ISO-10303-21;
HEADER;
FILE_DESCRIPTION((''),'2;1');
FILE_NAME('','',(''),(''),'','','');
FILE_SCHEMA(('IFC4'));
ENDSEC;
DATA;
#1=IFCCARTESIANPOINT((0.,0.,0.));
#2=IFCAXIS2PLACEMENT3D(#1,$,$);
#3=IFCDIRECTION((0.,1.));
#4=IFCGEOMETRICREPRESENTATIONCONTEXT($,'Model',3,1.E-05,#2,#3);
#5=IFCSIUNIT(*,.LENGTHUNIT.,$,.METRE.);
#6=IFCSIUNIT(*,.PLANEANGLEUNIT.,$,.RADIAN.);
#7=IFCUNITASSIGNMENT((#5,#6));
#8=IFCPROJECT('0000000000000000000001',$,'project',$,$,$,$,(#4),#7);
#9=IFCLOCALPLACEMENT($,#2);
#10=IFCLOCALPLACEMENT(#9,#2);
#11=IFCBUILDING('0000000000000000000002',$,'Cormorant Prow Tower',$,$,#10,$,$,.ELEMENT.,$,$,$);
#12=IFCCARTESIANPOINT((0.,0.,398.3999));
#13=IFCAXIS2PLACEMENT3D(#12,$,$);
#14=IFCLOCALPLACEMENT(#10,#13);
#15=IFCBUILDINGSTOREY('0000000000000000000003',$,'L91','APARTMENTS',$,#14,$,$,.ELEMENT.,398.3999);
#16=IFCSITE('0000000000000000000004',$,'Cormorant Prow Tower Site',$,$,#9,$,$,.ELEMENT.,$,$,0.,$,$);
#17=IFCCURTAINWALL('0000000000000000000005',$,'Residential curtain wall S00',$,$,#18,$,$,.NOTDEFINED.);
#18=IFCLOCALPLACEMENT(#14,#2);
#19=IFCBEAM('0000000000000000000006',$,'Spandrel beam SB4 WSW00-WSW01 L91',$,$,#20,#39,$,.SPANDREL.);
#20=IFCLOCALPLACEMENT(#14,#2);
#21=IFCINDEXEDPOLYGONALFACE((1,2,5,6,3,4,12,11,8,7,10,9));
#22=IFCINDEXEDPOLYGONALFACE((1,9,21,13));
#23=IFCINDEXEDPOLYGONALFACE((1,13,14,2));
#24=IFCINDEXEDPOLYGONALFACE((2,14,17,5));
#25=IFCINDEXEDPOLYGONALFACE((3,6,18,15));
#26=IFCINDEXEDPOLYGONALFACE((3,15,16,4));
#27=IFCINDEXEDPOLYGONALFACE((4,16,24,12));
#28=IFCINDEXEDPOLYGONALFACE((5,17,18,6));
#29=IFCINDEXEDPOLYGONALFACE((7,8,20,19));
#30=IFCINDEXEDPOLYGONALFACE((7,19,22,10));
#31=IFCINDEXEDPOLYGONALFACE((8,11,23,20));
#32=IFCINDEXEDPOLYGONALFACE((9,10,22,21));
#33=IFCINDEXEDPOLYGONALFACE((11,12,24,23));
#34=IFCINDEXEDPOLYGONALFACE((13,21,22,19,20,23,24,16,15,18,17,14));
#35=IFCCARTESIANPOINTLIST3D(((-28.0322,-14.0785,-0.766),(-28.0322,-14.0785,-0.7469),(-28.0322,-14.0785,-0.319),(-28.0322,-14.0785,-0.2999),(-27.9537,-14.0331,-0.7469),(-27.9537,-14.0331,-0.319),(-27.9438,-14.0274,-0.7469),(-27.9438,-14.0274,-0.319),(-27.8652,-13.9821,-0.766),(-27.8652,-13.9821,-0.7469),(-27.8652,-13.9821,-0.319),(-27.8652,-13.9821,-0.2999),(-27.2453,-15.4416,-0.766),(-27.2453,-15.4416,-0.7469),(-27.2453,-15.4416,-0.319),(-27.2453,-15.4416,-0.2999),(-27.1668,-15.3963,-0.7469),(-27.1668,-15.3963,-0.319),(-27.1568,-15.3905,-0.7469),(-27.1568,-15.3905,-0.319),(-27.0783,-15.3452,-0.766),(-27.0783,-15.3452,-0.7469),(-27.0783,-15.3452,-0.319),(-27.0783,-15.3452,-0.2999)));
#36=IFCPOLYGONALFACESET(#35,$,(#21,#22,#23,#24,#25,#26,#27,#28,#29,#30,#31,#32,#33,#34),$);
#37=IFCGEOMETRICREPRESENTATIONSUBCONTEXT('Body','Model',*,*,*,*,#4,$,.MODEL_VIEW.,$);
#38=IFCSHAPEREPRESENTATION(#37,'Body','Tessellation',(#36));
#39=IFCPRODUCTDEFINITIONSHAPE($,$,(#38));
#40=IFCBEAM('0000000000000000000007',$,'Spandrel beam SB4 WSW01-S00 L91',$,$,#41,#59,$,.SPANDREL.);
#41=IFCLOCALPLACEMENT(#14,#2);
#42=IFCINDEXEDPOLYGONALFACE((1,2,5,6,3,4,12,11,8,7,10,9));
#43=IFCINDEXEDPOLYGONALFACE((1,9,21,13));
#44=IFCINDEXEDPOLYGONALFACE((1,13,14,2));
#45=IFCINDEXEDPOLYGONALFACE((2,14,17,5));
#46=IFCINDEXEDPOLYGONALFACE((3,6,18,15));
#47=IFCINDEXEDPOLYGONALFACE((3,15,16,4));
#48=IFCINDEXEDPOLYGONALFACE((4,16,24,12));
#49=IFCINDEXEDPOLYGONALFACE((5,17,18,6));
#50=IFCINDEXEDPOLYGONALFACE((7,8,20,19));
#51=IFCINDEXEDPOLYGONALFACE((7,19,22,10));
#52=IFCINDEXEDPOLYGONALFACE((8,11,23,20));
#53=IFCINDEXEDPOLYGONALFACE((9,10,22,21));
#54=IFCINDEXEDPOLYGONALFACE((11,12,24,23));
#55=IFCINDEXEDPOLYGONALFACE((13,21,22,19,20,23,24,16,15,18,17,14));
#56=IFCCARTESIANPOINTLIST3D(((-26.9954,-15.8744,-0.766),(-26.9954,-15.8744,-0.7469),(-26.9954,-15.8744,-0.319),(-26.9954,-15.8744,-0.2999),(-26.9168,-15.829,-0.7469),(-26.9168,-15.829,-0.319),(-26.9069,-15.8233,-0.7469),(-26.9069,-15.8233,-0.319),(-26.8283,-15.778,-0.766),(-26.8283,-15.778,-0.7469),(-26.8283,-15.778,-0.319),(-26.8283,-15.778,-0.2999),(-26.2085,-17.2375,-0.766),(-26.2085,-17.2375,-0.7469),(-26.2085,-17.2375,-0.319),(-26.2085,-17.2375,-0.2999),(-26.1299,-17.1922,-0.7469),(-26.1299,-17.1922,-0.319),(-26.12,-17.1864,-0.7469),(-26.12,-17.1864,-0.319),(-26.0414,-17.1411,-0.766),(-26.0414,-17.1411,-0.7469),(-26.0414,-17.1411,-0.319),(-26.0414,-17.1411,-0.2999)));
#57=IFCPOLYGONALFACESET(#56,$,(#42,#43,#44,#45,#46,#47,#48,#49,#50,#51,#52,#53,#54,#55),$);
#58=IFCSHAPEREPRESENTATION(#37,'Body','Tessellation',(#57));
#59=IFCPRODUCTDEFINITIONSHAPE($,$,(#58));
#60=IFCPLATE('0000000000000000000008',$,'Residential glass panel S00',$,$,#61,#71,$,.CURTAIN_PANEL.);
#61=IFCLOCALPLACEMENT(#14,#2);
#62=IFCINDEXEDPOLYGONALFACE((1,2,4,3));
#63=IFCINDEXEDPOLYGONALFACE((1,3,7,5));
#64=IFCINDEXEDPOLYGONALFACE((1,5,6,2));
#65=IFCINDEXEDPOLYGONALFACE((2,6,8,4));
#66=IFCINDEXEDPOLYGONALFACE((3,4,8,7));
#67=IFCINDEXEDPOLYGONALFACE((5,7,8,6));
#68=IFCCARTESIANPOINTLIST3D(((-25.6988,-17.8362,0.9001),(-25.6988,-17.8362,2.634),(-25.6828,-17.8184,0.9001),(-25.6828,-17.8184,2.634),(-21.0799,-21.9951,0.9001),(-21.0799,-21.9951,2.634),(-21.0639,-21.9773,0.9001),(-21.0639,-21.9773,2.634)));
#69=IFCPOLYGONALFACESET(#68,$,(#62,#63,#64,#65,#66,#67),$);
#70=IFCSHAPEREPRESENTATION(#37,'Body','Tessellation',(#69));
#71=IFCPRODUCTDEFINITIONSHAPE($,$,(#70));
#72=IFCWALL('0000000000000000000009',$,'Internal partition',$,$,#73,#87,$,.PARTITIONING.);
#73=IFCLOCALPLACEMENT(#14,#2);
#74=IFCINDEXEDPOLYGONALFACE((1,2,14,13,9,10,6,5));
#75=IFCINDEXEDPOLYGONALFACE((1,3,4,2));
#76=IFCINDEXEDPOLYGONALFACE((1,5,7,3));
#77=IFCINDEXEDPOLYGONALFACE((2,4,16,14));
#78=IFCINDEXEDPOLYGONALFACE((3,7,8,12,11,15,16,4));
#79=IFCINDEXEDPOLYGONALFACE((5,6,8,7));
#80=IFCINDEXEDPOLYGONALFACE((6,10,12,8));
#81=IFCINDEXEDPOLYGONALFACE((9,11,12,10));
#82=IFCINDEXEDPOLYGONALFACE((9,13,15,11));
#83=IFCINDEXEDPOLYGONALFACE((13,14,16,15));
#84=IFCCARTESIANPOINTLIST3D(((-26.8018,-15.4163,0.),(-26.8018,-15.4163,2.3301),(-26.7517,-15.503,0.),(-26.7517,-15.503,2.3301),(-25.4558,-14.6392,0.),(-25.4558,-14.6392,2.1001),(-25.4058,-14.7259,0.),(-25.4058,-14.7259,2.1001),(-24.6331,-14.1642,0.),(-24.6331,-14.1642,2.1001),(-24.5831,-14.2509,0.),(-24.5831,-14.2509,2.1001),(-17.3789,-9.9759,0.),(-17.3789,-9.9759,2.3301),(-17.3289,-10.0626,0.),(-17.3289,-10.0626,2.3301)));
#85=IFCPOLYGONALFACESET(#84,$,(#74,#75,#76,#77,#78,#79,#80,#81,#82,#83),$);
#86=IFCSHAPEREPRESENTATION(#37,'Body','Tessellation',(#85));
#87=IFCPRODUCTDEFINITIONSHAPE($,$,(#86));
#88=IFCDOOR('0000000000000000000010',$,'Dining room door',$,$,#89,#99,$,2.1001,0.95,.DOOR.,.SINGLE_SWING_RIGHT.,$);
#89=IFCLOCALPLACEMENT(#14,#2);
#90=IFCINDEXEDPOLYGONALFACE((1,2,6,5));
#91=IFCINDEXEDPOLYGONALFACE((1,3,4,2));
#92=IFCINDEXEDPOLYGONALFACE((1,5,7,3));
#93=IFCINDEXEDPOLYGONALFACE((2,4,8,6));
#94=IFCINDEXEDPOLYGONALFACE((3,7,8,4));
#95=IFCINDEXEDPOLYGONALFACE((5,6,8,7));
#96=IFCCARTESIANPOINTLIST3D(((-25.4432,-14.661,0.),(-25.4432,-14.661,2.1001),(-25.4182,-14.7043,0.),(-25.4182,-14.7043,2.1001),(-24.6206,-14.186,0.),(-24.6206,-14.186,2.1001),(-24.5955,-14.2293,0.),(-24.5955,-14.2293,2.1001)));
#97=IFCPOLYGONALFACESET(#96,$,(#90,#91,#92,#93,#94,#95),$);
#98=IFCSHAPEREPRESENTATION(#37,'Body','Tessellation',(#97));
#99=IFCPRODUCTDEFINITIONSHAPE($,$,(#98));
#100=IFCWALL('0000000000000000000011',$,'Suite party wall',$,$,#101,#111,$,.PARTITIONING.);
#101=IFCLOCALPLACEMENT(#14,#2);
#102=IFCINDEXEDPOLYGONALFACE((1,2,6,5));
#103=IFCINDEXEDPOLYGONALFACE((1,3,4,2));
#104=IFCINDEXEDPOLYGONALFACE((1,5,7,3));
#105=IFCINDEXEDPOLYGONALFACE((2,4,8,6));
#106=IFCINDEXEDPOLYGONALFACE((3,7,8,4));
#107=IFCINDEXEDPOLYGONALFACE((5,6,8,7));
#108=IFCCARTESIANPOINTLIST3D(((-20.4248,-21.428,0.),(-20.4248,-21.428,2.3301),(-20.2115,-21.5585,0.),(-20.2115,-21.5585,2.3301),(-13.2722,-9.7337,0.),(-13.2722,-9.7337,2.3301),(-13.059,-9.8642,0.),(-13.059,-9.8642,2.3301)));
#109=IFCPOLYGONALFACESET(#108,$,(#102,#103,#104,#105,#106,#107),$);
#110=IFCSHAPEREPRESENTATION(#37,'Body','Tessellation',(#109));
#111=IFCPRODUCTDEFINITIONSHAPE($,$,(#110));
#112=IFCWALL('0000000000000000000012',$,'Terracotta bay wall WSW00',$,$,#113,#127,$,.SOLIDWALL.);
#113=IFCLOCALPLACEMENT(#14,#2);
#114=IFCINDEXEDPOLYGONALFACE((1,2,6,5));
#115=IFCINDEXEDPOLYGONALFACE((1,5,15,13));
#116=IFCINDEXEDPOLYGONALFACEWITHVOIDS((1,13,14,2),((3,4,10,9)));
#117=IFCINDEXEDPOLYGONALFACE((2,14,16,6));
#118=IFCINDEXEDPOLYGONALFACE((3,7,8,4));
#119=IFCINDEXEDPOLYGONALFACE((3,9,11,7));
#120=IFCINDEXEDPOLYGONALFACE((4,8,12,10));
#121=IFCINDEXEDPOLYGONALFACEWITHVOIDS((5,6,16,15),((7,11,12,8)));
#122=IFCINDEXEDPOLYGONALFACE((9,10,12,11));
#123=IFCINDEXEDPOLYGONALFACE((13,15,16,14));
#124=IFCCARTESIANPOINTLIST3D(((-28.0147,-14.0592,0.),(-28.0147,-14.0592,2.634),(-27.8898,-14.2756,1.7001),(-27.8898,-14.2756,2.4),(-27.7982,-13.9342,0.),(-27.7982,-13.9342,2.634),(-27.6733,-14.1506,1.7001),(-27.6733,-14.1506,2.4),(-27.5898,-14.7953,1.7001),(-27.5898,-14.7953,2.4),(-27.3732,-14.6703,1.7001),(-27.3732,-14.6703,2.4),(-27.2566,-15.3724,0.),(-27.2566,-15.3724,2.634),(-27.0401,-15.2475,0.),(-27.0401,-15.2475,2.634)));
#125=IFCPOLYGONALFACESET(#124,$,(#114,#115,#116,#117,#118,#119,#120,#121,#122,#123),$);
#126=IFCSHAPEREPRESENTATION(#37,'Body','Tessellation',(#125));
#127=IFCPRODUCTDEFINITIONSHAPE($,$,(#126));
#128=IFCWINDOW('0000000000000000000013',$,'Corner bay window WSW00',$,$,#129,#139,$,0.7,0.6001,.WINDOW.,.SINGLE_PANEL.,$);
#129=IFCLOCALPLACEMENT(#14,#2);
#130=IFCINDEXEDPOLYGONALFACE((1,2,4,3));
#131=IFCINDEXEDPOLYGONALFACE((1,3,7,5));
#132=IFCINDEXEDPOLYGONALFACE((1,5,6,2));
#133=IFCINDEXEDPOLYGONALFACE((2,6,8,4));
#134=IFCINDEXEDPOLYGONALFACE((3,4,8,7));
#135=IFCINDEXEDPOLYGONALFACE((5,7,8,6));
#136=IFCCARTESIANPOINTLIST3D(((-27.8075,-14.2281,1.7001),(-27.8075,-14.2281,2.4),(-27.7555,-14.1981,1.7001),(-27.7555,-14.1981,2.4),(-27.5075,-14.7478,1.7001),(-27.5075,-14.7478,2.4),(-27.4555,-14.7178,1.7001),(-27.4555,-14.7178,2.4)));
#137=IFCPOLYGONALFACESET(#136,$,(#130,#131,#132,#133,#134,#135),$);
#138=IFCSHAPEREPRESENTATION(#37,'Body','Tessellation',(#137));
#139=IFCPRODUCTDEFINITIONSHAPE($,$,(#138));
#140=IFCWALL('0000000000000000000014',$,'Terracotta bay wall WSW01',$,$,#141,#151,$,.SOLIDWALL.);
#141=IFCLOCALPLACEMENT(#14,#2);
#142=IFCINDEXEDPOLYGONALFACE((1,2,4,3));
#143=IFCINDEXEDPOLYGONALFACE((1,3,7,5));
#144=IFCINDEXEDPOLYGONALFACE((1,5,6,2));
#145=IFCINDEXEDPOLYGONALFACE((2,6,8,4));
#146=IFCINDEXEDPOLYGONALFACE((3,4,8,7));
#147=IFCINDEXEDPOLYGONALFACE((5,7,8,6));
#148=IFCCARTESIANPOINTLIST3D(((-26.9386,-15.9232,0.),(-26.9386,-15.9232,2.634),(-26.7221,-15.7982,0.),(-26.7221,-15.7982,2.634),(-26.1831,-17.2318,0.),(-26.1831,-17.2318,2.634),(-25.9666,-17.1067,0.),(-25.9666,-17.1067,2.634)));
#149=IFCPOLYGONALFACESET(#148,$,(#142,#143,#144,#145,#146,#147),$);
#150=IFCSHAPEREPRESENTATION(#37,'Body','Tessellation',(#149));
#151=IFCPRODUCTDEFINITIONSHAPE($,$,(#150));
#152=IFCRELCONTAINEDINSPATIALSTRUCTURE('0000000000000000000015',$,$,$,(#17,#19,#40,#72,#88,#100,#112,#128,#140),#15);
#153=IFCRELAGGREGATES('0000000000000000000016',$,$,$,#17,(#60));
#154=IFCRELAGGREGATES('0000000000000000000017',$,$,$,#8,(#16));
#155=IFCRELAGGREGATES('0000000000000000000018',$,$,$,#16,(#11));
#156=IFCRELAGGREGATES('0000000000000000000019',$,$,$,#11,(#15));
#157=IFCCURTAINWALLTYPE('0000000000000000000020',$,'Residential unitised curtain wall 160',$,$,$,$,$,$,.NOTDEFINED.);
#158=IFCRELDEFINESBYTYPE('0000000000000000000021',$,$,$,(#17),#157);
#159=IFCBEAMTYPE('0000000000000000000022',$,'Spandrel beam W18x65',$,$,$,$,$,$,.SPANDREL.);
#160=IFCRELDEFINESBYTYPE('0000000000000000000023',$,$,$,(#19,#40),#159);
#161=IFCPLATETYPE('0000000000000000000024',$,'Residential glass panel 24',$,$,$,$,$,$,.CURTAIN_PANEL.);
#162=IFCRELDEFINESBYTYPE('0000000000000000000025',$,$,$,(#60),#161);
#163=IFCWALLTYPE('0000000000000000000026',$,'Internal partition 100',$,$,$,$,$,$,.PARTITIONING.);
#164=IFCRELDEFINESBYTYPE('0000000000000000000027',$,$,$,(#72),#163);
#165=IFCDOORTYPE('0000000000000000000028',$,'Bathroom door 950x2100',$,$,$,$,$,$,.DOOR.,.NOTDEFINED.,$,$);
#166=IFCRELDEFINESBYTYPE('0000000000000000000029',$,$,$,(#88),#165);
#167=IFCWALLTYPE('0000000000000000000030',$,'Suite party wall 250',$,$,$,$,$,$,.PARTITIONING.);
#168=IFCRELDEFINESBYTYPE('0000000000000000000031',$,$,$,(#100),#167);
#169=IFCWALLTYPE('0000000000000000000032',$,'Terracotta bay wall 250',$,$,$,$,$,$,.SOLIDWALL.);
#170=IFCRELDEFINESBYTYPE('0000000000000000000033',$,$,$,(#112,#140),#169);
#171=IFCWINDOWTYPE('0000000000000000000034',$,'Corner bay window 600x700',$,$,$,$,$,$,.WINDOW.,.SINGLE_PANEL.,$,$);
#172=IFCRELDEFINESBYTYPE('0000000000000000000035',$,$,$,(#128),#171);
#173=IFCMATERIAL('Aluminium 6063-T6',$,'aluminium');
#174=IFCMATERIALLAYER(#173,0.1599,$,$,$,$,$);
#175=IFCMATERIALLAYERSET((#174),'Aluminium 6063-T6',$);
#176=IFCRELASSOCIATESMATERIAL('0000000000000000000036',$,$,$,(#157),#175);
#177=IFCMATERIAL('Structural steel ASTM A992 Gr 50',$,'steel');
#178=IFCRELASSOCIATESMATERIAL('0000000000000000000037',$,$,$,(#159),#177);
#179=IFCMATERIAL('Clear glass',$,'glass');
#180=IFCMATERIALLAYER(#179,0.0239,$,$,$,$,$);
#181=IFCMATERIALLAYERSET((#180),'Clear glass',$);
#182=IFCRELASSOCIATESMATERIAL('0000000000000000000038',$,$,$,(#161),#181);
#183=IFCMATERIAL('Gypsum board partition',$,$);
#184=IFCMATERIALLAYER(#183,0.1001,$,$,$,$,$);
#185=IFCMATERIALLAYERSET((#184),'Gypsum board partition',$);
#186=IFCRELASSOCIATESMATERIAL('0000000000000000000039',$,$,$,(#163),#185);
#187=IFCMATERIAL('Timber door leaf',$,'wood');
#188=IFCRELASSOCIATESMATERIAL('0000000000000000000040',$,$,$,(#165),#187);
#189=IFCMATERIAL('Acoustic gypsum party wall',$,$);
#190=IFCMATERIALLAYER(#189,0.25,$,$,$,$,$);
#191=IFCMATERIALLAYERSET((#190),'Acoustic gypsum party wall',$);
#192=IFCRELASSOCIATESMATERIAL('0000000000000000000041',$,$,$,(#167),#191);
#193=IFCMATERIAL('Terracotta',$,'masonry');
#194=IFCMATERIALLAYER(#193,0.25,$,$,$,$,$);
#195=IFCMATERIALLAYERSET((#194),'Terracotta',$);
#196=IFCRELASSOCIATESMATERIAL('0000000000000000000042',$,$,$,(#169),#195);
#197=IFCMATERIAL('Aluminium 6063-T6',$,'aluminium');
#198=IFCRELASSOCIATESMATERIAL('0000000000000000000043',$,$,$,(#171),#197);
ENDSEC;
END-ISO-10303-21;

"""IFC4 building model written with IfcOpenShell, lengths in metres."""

from ifc_helpers import new_model, si_unit, direction, frame, frame_2d, origin, origin_2d, place, context, subcontext, project, spatial, rectangle, i_section, extrude, material, layer, layer_set, material_profile, profile_set, type_object, element, fill, aggregate, save


model = new_model("IFC4")

# Units and contexts
model_context = context("Model", 3, precision=1e-05, world=origin(), true_north=direction((0.0, 1.0)))
body_context = subcontext(model_context, "Body", "Model", "MODEL_VIEW")
ifc_project = project(units=[si_unit("LENGTHUNIT", "METRE"), si_unit("PLANEANGLEUNIT", "RADIAN")], contexts=[model_context])

# Site, building, storey
site_placement = place(None, origin())
site = spatial("IfcSite", under=ifc_project, at=site_placement, Name="Cormorant Prow Tower Site", CompositionType="ELEMENT", RefElevation=0.0)
building_placement = place(site_placement, origin())
building = spatial("IfcBuilding", under=site, at=building_placement, Name="Cormorant Prow Tower", CompositionType="ELEMENT")
storey_placement = place(building_placement, frame((0.0, 0.0, 398.3999)))
storey = spatial("IfcBuildingStorey", under=building, at=storey_placement, Name="L91", Description="APARTMENTS", CompositionType="ELEMENT", Elevation=398.3999)

# Curtain wall
ifc_material_1 = material(Name="Aluminium 6063-T6", Category="aluminium")
ifc_layer_1 = layer(ifc_material_1, 0.1599)
ifc_layer_set_1 = layer_set([ifc_layer_1], Name="Aluminium 6063-T6")
curtain_wall_type = type_object("IfcCurtainWallType", Name="Residential unitised curtain wall 160", PredefinedType="NOTDEFINED", material=ifc_layer_set_1)
curtain_wall_placement = place(storey_placement, origin())
curtain_wall = element("IfcCurtainWall", 1, at=curtain_wall_placement, inside=storey, type_object=curtain_wall_type, Name="Residential curtain wall S00", PredefinedType="NOTDEFINED")

# Beams
ifc_material_2 = material(Name="Structural steel ASTM A992 Gr 50", Category="steel")
ifc_material_profile_1 = material_profile(ifc_material_2, i_section(OverallWidth=0.1929, OverallDepth=0.4661, WebThickness=0.0115, FlangeThickness=0.019, at=origin_2d()), Name="W18x65")
ifc_profile_set_1 = profile_set([ifc_material_profile_1], Name="Structural steel ASTM A992 Gr 50")
beam_type = type_object("IfcBeamType", Name="Spandrel beam W18x65", PredefinedType="SPANDREL", material=ifc_profile_set_1)
for number, where, z_axis, x_axis, name in (
    (2, (-27.9487, -14.0303, -0.533), (0.49996, -0.866049, 0.0), (0.866049, 0.49996, 0.0), "Spandrel beam SB4 WSW00-WSW01 L91"),
    (3, (-26.9119, -15.8262, -0.533), (0.49996, -0.866049, 0.0), (0.866049, 0.49996, 0.0), "Spandrel beam SB4 WSW01-S00 L91"),
):
    element("IfcBeam", number, at=place(storey_placement, frame(where, z_axis=z_axis, x_axis=x_axis)), inside=storey, type_object=beam_type, Name=name, PredefinedType="SPANDREL", context=body_context, shape_type="SweptSolid", body=[
        extrude(i_section(OverallWidth=0.1929, OverallDepth=0.4661, WebThickness=0.0115, FlangeThickness=0.019, at=origin_2d()), origin(), (0.0, 0.0, 1.0), 1.574),
    ])

# Plate
ifc_material_3 = material(Name="Clear glass", Category="glass")
ifc_layer_2 = layer(ifc_material_3, 0.0239)
ifc_layer_set_2 = layer_set([ifc_layer_2], Name="Clear glass")
plate_type = type_object("IfcPlateType", Name="Residential glass panel 24", PredefinedType="CURTAIN_PANEL", material=ifc_layer_set_2)
plate_placement = place(storey_placement, frame((-23.3813, -19.9067, 0.9001), z_axis=(0.0, 0.0, 1.0), x_axis=(0.743145, -0.669131, 0.0)))
plate = element("IfcPlate", 4, at=plate_placement, type_object=plate_type, Name="Residential glass panel S00", PredefinedType="CURTAIN_PANEL", context=body_context, shape_type="SweptSolid", body=[
    extrude(rectangle(XDim=6.2153, YDim=0.0239, at=origin_2d()), origin(), (0.0, 0.0, 1.0), 1.7339),
])
aggregate(curtain_wall, [plate])

# Wall, opening, door
ifc_material_4 = material(Name="Gypsum board partition")
ifc_layer_3 = layer(ifc_material_4, 0.1001)
ifc_layer_set_3 = layer_set([ifc_layer_3], Name="Gypsum board partition")
wall_type_1 = type_object("IfcWallType", Name="Internal partition 100", PredefinedType="PARTITIONING", material=ifc_layer_set_3)
wall_1_placement = place(storey_placement, frame((-26.7769, -15.4597, 0.0), z_axis=(0.0, 0.0, 1.0), x_axis=(0.86602, 0.50001, 0.0)))
wall_1 = element("IfcWall", 5, at=wall_1_placement, inside=storey, type_object=wall_type_1, Name="Internal partition", PredefinedType="PARTITIONING", context=body_context, shape_type="SweptSolid", body=[
    extrude(rectangle(XDim=10.8806, YDim=0.1001, at=frame_2d((5.4404, 0.0))), origin(), (0.0, 0.0, 1.0), 2.3301),
])
opening_1_placement = place(wall_1_placement, frame((1.5542, 0.0, 0.0)))
opening_1 = element("IfcOpeningElement", 6, at=opening_1_placement, cuts=wall_1, PredefinedType="OPENING", context=body_context, shape_type="SweptSolid", body=[
    extrude(rectangle(XDim=0.95, YDim=2.1001, at=frame_2d((0.4751, 1.05))), frame((0.0, 0.0601, 0.0), z_axis=(0.0, -1.0, 0.0), x_axis=(1.0, 0.0, 0.0)), (0.0, 0.0, 1.0), 0.1201),
])
ifc_material_5 = material(Name="Timber door leaf", Category="wood")
door_type_1 = type_object("IfcDoorType", Name="Bathroom door 950x2100", OperationType="NOTDEFINED", PredefinedType="DOOR", material=ifc_material_5)
door_1_placement = place(opening_1_placement, origin())
door_1 = element("IfcDoor", 7, at=door_1_placement, inside=storey, type_object=door_type_1, Name="Dining room door", OperationType="SINGLE_SWING_RIGHT", OverallHeight=2.1001, OverallWidth=0.95, PredefinedType="DOOR", context=body_context, shape_type="SweptSolid", body=[
    extrude(rectangle(XDim=0.95, YDim=2.1001, at=frame_2d((0.4751, 1.05))), frame((0.0, 0.0249, 0.0), z_axis=(0.0, -1.0, 0.0), x_axis=(1.0, 0.0, 0.0)), (0.0, 0.0, 1.0), 0.05),
])
fill(opening_1, door_1)

# Wall
ifc_material_6 = material(Name="Acoustic gypsum party wall")
ifc_layer_4 = layer(ifc_material_6, 0.25)
ifc_layer_set_4 = layer_set([ifc_layer_4], Name="Acoustic gypsum party wall")
wall_type_2 = type_object("IfcWallType", Name="Suite party wall 250", PredefinedType="PARTITIONING", material=ifc_layer_set_4)
wall_2_placement = place(storey_placement, frame((-20.3181, -21.4932, 0.0), z_axis=(0.0, 0.0, 1.0), x_axis=(0.521771, 0.853085, 0.0)))
element("IfcWall", 8, at=wall_2_placement, inside=storey, type_object=wall_type_2, Name="Suite party wall", PredefinedType="PARTITIONING", context=body_context, shape_type="SweptSolid", body=[
    extrude(rectangle(XDim=13.7083, YDim=0.25, at=frame_2d((6.854, 0.0))), origin(), (0.0, 0.0, 1.0), 2.3301),
])

# Wall, opening, window
ifc_material_7 = material(Name="Terracotta", Category="masonry")
ifc_layer_5 = layer(ifc_material_7, 0.25)
ifc_layer_set_5 = layer_set([ifc_layer_5], Name="Terracotta")
wall_type_3 = type_object("IfcWallType", Name="Terracotta bay wall 250", PredefinedType="SOLIDWALL", material=ifc_layer_set_5)
wall_3_placement = place(storey_placement, frame((-27.9065, -13.9966, 0.0), z_axis=(0.0, 0.0, 1.0), x_axis=(0.499932, -0.866065, 0.0)))
wall_3 = element("IfcWall", 9, at=wall_3_placement, inside=storey, type_object=wall_type_3, Name="Terracotta bay wall WSW00", PredefinedType="SOLIDWALL", context=body_context, shape_type="SweptSolid", body=[
    extrude(rectangle(XDim=1.5164, YDim=0.25, at=frame_2d((0.7583, 0.0))), origin(), (0.0, 0.0, 1.0), 2.634),
])
opening_2_placement = place(wall_3_placement, frame((0.25, 0.0, 1.7)))
opening_2 = element("IfcOpeningElement", 10, at=opening_2_placement, cuts=wall_3, PredefinedType="OPENING", context=body_context, shape_type="SweptSolid", body=[
    extrude(rectangle(XDim=0.6001, YDim=0.7, at=frame_2d((0.3, 0.3501))), frame((0.0, 0.135, 0.0), z_axis=(0.0, -1.0, 0.0), x_axis=(1.0, 0.0, 0.0)), (0.0, 0.0, 1.0), 0.27),
])
ifc_material_8 = material(Name="Aluminium 6063-T6", Category="aluminium")
window_type = type_object("IfcWindowType", Name="Corner bay window 600x700", PartitioningType="SINGLE_PANEL", PredefinedType="WINDOW", material=ifc_material_8)
window_placement = place(opening_2_placement, origin())
window = element("IfcWindow", 11, at=window_placement, inside=storey, type_object=window_type, Name="Corner bay window WSW00", OverallHeight=0.7, OverallWidth=0.6001, PartitioningType="SINGLE_PANEL", PredefinedType="WINDOW", context=body_context, shape_type="SweptSolid", body=[
    extrude(rectangle(XDim=0.6001, YDim=0.7, at=frame_2d((0.3, 0.3501))), frame((0.0, 0.03, 0.0), z_axis=(0.0, -1.0, 0.0), x_axis=(1.0, 0.0, 0.0)), (0.0, 0.0, 1.0), 0.0601),
])
fill(opening_2, window)

# Wall
wall_4_placement = place(storey_placement, frame((-26.8303, -15.8608, 0.0), z_axis=(0.0, 0.0, 1.0), x_axis=(0.500049, -0.865997, 0.0)))
element("IfcWall", 12, at=wall_4_placement, inside=storey, type_object=wall_type_3, Name="Terracotta bay wall WSW01", PredefinedType="SOLIDWALL", context=body_context, shape_type="SweptSolid", body=[
    extrude(rectangle(XDim=1.511, YDim=0.25, at=frame_2d((0.7554, 0.0))), origin(), (0.0, 0.0, 1.0), 2.634),
])

save(model, "model.ifc")
